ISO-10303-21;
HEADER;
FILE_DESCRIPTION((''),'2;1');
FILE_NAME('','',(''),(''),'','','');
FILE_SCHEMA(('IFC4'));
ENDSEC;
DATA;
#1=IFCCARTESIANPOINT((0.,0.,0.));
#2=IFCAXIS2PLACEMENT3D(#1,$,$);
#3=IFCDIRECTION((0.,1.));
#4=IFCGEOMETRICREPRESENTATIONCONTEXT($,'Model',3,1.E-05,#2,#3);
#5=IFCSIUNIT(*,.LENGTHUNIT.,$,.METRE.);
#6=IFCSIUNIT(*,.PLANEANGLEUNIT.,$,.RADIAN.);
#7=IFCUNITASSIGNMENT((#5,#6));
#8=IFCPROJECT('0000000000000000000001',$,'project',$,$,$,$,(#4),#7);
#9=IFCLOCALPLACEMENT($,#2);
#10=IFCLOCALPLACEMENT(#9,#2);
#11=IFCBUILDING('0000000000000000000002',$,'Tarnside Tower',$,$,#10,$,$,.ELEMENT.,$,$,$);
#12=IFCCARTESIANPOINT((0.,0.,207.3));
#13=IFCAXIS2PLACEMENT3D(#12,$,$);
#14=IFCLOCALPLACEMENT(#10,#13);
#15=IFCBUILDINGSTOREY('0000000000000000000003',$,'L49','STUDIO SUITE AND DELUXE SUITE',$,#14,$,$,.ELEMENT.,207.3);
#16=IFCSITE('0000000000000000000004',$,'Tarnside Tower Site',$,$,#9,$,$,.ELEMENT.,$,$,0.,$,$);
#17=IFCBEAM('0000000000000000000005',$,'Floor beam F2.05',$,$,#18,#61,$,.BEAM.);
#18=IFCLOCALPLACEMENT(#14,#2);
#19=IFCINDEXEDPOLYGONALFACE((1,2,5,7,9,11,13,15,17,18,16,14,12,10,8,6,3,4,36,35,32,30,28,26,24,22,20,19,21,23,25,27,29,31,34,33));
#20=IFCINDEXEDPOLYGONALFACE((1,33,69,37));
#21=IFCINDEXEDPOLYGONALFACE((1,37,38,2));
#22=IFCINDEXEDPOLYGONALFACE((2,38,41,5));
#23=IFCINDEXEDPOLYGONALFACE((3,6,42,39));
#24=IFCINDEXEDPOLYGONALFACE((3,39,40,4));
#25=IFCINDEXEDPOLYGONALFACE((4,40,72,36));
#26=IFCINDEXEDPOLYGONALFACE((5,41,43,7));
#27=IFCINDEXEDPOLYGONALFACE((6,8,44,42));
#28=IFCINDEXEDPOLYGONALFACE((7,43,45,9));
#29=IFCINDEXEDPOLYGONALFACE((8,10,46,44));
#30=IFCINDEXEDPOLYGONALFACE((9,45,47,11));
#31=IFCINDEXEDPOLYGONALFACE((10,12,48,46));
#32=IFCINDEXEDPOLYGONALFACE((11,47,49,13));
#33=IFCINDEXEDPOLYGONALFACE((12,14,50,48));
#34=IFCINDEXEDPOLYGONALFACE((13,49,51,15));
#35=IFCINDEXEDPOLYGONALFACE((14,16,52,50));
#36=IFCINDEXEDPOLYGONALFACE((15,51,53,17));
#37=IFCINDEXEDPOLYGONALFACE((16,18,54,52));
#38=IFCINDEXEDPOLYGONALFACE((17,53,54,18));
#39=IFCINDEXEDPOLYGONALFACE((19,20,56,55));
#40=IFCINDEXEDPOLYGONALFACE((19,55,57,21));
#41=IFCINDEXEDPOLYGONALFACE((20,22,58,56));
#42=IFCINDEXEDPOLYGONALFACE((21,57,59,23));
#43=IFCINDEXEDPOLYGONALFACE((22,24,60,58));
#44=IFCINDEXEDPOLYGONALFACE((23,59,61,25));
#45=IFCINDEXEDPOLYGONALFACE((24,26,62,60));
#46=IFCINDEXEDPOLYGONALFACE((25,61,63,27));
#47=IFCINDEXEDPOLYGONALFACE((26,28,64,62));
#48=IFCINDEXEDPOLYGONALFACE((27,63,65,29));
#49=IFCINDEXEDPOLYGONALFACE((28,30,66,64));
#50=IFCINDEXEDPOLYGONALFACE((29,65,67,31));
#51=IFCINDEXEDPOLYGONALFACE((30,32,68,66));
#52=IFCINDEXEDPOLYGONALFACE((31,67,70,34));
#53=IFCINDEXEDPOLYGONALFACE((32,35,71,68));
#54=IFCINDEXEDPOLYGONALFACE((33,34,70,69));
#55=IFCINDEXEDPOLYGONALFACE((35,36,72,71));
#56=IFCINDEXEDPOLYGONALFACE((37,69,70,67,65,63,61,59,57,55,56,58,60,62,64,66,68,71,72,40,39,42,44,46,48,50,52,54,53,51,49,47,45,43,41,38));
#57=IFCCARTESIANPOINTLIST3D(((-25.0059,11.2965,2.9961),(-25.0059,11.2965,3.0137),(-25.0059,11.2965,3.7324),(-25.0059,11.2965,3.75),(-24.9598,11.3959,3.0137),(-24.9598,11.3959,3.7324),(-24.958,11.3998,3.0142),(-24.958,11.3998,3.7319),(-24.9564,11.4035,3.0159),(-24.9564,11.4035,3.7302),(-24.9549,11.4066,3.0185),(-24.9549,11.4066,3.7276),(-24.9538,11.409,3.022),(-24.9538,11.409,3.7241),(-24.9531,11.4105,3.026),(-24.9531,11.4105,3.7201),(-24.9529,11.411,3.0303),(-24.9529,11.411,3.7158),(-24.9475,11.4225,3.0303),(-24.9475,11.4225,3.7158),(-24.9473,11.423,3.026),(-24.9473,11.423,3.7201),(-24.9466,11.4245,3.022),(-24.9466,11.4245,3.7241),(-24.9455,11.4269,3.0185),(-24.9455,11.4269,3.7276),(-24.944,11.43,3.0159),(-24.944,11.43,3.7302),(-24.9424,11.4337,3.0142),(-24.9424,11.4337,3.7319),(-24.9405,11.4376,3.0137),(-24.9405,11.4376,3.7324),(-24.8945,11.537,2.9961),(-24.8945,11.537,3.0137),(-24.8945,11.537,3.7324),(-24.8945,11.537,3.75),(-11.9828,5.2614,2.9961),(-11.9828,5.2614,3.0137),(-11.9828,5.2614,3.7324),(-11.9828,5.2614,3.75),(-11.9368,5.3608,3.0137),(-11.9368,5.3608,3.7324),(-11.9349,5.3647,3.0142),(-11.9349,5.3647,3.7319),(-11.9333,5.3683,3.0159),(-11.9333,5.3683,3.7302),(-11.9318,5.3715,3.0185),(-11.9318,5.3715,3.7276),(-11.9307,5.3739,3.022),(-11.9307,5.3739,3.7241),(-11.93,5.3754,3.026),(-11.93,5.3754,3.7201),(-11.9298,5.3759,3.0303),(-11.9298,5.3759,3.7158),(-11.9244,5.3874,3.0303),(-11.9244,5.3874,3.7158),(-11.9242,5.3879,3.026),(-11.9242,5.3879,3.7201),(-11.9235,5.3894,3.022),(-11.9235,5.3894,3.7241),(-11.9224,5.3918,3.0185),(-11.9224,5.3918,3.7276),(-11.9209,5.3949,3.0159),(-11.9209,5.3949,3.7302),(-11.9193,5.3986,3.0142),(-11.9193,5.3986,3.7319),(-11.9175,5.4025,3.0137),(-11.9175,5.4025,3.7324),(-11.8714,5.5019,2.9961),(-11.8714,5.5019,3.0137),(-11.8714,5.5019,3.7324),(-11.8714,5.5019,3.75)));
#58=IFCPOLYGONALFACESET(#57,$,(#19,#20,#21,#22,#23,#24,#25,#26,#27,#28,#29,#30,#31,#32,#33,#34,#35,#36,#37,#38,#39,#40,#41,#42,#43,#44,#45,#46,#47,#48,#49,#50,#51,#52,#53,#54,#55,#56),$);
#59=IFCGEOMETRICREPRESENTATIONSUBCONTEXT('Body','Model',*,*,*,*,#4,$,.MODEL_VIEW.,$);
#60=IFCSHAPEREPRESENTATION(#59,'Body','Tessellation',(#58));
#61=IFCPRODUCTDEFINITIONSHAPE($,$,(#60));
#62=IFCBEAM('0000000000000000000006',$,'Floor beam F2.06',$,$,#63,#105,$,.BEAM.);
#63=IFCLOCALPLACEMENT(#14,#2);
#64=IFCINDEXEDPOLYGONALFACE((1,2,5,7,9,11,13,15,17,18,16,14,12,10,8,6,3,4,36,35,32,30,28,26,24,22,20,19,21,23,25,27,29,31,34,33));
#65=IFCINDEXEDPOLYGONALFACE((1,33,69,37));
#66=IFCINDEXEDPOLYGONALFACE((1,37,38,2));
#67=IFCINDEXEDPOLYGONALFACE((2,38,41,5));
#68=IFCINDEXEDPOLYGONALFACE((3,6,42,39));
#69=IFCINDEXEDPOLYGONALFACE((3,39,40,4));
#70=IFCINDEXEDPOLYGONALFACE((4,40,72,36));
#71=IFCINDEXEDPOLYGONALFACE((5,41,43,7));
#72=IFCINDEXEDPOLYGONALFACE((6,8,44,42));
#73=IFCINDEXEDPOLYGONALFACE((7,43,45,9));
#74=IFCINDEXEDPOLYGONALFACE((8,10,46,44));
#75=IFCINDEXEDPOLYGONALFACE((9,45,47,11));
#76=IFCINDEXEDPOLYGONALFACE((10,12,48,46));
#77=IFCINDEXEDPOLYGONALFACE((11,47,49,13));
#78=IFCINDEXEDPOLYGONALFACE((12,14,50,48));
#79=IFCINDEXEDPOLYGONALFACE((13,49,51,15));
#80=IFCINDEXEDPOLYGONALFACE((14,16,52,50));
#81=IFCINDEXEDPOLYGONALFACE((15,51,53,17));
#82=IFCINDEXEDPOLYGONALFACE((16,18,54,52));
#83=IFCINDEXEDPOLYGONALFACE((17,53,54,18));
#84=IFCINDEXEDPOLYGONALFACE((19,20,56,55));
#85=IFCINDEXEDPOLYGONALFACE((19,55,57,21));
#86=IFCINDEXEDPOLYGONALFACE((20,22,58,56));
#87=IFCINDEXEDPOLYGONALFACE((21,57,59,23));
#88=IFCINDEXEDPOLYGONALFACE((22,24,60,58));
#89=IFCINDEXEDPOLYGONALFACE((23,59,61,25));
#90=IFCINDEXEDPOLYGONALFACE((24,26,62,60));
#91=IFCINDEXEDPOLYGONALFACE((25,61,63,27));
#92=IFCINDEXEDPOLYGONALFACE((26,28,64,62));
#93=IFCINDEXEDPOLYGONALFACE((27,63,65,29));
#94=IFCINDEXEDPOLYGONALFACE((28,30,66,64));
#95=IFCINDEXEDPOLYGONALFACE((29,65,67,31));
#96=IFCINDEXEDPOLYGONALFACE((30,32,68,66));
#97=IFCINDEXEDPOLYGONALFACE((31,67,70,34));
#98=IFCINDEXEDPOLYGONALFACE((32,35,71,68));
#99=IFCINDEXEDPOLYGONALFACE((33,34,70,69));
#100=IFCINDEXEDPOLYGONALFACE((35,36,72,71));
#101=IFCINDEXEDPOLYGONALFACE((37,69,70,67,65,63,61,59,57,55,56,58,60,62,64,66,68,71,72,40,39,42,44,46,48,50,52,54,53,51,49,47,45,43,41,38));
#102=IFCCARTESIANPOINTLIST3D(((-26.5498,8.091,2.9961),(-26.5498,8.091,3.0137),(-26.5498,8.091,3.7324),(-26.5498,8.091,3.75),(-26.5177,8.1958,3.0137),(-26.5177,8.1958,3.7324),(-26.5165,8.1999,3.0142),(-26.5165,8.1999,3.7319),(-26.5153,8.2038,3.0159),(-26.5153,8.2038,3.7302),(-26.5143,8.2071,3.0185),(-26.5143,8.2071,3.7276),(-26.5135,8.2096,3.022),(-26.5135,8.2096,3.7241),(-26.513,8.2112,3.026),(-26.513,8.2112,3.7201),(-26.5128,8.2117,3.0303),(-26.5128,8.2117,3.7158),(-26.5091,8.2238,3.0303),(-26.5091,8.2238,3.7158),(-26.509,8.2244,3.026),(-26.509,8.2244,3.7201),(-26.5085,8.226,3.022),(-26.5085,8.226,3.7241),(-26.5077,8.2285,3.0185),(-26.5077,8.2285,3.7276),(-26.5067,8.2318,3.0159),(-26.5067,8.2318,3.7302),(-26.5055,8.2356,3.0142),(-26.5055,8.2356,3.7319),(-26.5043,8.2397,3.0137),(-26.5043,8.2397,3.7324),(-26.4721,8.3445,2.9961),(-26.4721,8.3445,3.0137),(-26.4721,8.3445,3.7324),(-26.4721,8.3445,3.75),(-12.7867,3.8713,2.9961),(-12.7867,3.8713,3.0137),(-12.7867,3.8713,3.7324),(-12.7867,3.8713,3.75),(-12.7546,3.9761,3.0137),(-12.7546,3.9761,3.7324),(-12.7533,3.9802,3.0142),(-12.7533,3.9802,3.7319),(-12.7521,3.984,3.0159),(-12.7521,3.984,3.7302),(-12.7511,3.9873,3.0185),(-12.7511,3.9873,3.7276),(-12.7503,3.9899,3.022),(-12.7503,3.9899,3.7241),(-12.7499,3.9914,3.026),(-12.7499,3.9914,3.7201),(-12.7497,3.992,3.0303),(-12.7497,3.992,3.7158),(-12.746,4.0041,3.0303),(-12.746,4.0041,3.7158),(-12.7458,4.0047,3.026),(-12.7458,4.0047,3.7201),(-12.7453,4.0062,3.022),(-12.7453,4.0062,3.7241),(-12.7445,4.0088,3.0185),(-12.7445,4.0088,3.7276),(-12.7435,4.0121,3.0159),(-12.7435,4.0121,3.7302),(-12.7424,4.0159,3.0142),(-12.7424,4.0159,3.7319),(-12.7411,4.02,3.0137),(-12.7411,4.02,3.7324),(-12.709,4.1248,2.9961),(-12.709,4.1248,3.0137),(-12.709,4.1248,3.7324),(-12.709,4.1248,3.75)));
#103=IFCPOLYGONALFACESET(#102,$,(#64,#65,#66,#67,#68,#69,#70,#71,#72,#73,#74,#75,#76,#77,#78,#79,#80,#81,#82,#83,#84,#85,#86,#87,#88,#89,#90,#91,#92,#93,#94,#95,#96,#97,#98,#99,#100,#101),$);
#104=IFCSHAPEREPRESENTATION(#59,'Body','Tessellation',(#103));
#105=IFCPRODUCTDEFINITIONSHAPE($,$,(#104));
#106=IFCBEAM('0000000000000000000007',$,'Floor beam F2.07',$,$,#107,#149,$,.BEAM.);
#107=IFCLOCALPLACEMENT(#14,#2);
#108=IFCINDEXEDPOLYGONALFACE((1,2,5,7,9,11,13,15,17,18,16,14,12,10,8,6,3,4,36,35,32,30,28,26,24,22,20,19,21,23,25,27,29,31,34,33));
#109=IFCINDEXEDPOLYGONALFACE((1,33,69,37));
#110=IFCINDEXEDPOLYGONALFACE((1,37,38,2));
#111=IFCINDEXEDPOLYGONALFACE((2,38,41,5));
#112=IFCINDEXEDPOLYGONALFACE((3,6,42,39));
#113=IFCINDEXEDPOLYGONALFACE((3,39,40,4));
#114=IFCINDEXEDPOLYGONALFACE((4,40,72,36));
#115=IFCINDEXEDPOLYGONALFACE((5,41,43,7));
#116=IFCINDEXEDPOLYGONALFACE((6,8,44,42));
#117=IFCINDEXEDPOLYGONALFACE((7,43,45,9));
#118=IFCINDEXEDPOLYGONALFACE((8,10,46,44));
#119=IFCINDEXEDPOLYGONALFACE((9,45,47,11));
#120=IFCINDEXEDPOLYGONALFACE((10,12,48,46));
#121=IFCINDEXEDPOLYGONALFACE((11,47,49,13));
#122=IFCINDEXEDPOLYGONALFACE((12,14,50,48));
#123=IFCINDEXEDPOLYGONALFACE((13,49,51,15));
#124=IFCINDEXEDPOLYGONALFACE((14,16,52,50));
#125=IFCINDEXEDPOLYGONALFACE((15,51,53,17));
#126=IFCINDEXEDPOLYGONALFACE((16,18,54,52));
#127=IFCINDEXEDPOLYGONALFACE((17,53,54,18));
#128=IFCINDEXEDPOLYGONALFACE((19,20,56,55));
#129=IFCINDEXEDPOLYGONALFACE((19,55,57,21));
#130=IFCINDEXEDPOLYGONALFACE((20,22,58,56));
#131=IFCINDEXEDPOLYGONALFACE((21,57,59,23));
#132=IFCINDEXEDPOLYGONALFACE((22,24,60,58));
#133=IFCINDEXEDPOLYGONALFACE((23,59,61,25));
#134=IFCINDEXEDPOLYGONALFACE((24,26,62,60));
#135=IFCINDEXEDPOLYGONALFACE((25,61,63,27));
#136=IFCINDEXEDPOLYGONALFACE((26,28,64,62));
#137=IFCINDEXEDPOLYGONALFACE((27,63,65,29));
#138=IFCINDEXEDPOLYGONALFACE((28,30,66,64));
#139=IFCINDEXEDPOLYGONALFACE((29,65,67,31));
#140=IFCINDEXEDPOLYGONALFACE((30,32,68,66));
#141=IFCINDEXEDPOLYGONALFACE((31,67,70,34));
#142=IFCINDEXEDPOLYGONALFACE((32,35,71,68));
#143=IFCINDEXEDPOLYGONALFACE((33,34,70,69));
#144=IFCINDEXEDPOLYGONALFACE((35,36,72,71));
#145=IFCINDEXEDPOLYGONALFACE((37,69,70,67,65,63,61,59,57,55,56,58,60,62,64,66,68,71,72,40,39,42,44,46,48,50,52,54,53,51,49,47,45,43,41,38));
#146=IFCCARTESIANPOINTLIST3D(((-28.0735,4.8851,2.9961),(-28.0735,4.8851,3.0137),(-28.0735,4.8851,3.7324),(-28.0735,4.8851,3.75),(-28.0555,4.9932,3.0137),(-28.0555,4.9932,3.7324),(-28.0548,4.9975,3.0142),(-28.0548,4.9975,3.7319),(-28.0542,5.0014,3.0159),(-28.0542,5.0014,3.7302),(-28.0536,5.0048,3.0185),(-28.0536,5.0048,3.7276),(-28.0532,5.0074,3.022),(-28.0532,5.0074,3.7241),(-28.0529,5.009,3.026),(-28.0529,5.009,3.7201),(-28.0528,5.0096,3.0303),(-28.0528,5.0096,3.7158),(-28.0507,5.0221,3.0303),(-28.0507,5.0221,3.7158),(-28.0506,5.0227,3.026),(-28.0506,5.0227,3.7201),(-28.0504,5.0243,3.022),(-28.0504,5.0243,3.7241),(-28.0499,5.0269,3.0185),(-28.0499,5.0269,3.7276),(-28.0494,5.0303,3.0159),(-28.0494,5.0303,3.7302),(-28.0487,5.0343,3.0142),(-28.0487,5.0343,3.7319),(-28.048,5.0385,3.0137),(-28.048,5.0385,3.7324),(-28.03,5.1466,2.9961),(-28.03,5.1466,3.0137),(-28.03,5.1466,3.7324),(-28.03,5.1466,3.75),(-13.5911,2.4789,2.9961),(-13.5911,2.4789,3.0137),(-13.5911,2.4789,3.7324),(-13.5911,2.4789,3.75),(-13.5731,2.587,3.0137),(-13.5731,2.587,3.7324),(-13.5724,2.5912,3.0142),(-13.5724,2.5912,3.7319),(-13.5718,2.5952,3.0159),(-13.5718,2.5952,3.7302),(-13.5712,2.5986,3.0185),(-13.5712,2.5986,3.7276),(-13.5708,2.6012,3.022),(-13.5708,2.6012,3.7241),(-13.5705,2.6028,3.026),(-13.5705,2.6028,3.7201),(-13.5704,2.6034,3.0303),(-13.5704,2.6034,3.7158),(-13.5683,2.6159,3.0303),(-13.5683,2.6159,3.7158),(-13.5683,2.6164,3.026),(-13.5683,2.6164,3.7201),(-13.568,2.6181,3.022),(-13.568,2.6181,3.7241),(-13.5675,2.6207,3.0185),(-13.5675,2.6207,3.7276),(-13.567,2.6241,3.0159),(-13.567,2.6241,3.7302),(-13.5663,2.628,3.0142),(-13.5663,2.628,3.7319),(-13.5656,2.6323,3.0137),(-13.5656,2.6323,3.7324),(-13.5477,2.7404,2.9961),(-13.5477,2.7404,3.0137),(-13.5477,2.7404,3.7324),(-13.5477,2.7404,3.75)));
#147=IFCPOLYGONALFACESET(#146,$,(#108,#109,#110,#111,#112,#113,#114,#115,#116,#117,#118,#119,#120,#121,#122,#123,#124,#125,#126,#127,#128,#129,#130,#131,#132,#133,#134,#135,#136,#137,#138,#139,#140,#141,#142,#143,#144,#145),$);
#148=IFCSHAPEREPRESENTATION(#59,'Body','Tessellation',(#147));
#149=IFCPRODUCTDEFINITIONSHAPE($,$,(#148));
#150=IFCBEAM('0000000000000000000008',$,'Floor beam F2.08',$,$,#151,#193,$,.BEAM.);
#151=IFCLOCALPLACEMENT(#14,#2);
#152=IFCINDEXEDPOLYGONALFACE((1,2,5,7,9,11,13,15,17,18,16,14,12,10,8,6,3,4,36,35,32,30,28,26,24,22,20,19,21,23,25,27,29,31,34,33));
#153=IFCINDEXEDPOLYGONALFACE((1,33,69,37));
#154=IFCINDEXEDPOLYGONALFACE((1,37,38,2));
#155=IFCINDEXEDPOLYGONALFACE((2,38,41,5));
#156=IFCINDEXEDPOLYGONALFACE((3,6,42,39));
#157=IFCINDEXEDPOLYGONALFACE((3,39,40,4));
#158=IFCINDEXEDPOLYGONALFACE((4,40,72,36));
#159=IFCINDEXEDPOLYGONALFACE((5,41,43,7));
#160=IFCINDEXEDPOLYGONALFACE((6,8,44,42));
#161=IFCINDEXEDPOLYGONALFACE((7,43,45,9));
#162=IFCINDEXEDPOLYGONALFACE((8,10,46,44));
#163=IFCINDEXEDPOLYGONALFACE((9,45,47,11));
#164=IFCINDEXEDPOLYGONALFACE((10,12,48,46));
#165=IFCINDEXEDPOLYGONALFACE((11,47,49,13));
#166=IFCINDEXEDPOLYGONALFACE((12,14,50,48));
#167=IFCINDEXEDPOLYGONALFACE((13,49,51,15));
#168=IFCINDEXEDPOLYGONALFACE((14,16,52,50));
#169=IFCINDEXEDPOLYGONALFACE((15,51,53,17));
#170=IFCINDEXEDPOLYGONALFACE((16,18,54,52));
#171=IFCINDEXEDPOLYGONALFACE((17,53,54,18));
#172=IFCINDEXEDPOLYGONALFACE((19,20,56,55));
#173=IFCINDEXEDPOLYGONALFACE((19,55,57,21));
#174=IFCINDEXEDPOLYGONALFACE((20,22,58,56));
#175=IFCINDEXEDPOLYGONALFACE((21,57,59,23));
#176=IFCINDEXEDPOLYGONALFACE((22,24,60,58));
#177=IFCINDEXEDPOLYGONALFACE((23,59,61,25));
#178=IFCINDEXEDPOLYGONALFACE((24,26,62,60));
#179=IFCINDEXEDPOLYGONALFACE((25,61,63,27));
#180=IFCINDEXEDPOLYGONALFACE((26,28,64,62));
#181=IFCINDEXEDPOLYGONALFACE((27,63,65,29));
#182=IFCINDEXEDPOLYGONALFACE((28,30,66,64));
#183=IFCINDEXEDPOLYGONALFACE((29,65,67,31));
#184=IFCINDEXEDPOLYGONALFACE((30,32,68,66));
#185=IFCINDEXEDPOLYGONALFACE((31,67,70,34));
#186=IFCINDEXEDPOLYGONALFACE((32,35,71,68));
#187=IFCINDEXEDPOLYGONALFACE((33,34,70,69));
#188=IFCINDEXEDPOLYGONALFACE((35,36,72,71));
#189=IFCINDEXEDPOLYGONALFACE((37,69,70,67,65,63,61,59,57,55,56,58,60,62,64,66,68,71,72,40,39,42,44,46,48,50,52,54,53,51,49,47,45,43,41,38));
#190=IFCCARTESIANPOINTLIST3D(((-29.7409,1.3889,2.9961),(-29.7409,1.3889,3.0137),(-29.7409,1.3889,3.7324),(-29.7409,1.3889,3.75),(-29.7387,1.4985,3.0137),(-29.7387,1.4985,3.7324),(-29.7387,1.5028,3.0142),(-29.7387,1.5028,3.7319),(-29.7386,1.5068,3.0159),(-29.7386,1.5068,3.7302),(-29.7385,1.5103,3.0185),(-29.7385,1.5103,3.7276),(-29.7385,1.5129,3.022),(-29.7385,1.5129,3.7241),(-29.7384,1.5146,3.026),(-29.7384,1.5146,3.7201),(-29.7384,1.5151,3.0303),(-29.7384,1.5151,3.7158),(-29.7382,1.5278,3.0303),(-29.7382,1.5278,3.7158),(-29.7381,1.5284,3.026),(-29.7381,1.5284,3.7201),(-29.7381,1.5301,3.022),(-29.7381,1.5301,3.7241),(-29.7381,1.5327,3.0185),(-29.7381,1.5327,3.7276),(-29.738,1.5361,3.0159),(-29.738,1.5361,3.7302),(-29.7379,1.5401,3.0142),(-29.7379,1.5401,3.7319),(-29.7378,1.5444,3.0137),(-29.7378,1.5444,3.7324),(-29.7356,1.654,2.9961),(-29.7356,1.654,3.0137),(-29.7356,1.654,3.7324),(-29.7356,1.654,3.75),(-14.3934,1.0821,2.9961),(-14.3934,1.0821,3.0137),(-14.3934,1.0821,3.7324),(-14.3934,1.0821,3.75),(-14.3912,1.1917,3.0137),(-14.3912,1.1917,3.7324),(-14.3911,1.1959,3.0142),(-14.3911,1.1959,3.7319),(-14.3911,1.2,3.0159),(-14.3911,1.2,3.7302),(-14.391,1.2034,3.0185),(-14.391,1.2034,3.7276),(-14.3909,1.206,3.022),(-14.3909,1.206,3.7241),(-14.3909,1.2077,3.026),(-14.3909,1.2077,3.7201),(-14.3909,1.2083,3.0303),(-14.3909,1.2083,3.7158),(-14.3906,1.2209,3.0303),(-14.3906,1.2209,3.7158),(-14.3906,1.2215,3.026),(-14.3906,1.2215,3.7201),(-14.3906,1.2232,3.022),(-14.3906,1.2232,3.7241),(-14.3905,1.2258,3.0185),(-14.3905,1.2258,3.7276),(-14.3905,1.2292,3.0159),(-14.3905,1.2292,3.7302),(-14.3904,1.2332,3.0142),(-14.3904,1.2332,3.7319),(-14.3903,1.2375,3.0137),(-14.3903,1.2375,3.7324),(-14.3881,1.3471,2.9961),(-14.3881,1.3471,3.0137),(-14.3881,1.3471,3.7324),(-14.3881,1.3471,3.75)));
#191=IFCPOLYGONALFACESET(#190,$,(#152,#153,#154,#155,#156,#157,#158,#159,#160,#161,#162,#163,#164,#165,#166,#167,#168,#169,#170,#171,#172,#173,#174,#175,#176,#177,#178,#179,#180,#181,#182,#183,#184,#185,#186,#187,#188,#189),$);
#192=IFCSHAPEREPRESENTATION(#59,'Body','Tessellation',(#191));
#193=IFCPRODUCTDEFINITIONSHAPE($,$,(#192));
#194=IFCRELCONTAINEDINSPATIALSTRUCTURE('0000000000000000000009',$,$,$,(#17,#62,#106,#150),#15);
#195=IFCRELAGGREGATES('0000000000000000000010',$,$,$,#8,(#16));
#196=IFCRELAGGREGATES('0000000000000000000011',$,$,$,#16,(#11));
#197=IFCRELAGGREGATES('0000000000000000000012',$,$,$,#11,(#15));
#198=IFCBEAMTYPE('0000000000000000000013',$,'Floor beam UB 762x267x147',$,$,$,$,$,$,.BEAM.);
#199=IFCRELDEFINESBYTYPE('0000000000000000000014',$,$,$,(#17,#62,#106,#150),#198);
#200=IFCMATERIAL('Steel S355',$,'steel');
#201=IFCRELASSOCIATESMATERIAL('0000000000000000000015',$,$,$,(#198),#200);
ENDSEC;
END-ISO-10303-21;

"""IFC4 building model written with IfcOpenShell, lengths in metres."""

from ifc_helpers import new_model, si_unit, direction, frame, origin, origin_2d, place, context, subcontext, project, spatial, i_section, extrude, material, material_profile, profile_set, type_object, element, save


model = new_model("IFC4")

# Units and contexts
model_context = context("Model", 3, precision=1e-05, world=origin(), true_north=direction((0.0, 1.0)))
body_context = subcontext(model_context, "Body", "Model", "MODEL_VIEW")
ifc_project = project(units=[si_unit("LENGTHUNIT", "METRE"), si_unit("PLANEANGLEUNIT", "RADIAN")], contexts=[model_context])

# Site, building, storey
site_placement = place(None, origin())
site = spatial("IfcSite", under=ifc_project, at=site_placement, Name="Tarnside Tower Site", CompositionType="ELEMENT", RefElevation=0.0)
building_placement = place(site_placement, origin())
building = spatial("IfcBuilding", under=site, at=building_placement, Name="Tarnside Tower", CompositionType="ELEMENT")
storey_placement = place(building_placement, frame((0.0, 0.0, 207.3)))
storey = spatial("IfcBuildingStorey", under=building, at=storey_placement, Name="L49", Description="STUDIO SUITE AND DELUXE SUITE", CompositionType="ELEMENT", Elevation=207.3)

# Beams
ifc_material_1 = material(Name="Steel S355", Category="steel")
ifc_material_profile = material_profile(ifc_material_1, i_section(OverallWidth=0.2651, OverallDepth=0.7539, WebThickness=0.0127, FlangeThickness=0.0176, FilletRadius=0.0166, at=origin_2d()), Name="UB 762x267x147")
ifc_profile_set = profile_set([ifc_material_profile], Name="Steel S355")
beam_type = type_object("IfcBeamType", Name="Floor beam UB 762x267x147", PredefinedType="BEAM", material=ifc_profile_set)
beam_1_placement = place(storey_placement, frame((-24.9502, 11.4167, 3.373), z_axis=(0.90731, -0.420462, 0.0), x_axis=(0.420462, 0.90731, 0.0)))
element("IfcBeam", 1, at=beam_1_placement, inside=storey, type_object=beam_type, Name="Floor beam F2.05", PredefinedType="BEAM", context=body_context, shape_type="SweptSolid", body=[
    extrude(i_section(OverallWidth=0.2651, OverallDepth=0.7539, WebThickness=0.0127, FlangeThickness=0.0176, FilletRadius=0.0166, at=origin_2d()), origin(), (0.0, 0.0, 1.0), 14.3535),
])
beam_2_placement = place(storey_placement, frame((-26.511, 8.2178, 3.373), z_axis=(0.956073, -0.293128, 0.0), x_axis=(0.293128, 0.956073, 0.0)))
element("IfcBeam", 2, at=beam_2_placement, inside=storey, type_object=beam_type, Name="Floor beam F2.06", PredefinedType="BEAM", context=body_context, shape_type="SweptSolid", body=[
    extrude(i_section(OverallWidth=0.2651, OverallDepth=0.7539, WebThickness=0.0127, FlangeThickness=0.0176, FilletRadius=0.0166, at=origin_2d()), origin(), (0.0, 0.0, 1.0), 14.3955),
])
beam_3_placement = place(storey_placement, frame((-28.0518, 5.0159, 3.373), z_axis=(0.986476, -0.163903, 0.0), x_axis=(0.163903, 0.986476, 0.0)))
element("IfcBeam", 3, at=beam_3_placement, inside=storey, type_object=beam_type, Name="Floor beam F2.07", PredefinedType="BEAM", context=body_context, shape_type="SweptSolid", body=[
    extrude(i_section(OverallWidth=0.2651, OverallDepth=0.7539, WebThickness=0.0127, FlangeThickness=0.0176, FilletRadius=0.0166, at=origin_2d()), origin(), (0.0, 0.0, 1.0), 14.6809),
])
beam_4_placement = place(storey_placement, frame((-29.7383, 1.5215, 3.373), z_axis=(0.9998, -0.019992, 0.0), x_axis=(0.019992, 0.9998, 0.0)))
element("IfcBeam", 4, at=beam_4_placement, inside=storey, type_object=beam_type, Name="Floor beam F2.08", PredefinedType="BEAM", context=body_context, shape_type="SweptSolid", body=[
    extrude(i_section(OverallWidth=0.2651, OverallDepth=0.7539, WebThickness=0.0127, FlangeThickness=0.0176, FilletRadius=0.0166, at=origin_2d()), origin(), (0.0, 0.0, 1.0), 15.3506),
])

save(model, "model.ifc")
